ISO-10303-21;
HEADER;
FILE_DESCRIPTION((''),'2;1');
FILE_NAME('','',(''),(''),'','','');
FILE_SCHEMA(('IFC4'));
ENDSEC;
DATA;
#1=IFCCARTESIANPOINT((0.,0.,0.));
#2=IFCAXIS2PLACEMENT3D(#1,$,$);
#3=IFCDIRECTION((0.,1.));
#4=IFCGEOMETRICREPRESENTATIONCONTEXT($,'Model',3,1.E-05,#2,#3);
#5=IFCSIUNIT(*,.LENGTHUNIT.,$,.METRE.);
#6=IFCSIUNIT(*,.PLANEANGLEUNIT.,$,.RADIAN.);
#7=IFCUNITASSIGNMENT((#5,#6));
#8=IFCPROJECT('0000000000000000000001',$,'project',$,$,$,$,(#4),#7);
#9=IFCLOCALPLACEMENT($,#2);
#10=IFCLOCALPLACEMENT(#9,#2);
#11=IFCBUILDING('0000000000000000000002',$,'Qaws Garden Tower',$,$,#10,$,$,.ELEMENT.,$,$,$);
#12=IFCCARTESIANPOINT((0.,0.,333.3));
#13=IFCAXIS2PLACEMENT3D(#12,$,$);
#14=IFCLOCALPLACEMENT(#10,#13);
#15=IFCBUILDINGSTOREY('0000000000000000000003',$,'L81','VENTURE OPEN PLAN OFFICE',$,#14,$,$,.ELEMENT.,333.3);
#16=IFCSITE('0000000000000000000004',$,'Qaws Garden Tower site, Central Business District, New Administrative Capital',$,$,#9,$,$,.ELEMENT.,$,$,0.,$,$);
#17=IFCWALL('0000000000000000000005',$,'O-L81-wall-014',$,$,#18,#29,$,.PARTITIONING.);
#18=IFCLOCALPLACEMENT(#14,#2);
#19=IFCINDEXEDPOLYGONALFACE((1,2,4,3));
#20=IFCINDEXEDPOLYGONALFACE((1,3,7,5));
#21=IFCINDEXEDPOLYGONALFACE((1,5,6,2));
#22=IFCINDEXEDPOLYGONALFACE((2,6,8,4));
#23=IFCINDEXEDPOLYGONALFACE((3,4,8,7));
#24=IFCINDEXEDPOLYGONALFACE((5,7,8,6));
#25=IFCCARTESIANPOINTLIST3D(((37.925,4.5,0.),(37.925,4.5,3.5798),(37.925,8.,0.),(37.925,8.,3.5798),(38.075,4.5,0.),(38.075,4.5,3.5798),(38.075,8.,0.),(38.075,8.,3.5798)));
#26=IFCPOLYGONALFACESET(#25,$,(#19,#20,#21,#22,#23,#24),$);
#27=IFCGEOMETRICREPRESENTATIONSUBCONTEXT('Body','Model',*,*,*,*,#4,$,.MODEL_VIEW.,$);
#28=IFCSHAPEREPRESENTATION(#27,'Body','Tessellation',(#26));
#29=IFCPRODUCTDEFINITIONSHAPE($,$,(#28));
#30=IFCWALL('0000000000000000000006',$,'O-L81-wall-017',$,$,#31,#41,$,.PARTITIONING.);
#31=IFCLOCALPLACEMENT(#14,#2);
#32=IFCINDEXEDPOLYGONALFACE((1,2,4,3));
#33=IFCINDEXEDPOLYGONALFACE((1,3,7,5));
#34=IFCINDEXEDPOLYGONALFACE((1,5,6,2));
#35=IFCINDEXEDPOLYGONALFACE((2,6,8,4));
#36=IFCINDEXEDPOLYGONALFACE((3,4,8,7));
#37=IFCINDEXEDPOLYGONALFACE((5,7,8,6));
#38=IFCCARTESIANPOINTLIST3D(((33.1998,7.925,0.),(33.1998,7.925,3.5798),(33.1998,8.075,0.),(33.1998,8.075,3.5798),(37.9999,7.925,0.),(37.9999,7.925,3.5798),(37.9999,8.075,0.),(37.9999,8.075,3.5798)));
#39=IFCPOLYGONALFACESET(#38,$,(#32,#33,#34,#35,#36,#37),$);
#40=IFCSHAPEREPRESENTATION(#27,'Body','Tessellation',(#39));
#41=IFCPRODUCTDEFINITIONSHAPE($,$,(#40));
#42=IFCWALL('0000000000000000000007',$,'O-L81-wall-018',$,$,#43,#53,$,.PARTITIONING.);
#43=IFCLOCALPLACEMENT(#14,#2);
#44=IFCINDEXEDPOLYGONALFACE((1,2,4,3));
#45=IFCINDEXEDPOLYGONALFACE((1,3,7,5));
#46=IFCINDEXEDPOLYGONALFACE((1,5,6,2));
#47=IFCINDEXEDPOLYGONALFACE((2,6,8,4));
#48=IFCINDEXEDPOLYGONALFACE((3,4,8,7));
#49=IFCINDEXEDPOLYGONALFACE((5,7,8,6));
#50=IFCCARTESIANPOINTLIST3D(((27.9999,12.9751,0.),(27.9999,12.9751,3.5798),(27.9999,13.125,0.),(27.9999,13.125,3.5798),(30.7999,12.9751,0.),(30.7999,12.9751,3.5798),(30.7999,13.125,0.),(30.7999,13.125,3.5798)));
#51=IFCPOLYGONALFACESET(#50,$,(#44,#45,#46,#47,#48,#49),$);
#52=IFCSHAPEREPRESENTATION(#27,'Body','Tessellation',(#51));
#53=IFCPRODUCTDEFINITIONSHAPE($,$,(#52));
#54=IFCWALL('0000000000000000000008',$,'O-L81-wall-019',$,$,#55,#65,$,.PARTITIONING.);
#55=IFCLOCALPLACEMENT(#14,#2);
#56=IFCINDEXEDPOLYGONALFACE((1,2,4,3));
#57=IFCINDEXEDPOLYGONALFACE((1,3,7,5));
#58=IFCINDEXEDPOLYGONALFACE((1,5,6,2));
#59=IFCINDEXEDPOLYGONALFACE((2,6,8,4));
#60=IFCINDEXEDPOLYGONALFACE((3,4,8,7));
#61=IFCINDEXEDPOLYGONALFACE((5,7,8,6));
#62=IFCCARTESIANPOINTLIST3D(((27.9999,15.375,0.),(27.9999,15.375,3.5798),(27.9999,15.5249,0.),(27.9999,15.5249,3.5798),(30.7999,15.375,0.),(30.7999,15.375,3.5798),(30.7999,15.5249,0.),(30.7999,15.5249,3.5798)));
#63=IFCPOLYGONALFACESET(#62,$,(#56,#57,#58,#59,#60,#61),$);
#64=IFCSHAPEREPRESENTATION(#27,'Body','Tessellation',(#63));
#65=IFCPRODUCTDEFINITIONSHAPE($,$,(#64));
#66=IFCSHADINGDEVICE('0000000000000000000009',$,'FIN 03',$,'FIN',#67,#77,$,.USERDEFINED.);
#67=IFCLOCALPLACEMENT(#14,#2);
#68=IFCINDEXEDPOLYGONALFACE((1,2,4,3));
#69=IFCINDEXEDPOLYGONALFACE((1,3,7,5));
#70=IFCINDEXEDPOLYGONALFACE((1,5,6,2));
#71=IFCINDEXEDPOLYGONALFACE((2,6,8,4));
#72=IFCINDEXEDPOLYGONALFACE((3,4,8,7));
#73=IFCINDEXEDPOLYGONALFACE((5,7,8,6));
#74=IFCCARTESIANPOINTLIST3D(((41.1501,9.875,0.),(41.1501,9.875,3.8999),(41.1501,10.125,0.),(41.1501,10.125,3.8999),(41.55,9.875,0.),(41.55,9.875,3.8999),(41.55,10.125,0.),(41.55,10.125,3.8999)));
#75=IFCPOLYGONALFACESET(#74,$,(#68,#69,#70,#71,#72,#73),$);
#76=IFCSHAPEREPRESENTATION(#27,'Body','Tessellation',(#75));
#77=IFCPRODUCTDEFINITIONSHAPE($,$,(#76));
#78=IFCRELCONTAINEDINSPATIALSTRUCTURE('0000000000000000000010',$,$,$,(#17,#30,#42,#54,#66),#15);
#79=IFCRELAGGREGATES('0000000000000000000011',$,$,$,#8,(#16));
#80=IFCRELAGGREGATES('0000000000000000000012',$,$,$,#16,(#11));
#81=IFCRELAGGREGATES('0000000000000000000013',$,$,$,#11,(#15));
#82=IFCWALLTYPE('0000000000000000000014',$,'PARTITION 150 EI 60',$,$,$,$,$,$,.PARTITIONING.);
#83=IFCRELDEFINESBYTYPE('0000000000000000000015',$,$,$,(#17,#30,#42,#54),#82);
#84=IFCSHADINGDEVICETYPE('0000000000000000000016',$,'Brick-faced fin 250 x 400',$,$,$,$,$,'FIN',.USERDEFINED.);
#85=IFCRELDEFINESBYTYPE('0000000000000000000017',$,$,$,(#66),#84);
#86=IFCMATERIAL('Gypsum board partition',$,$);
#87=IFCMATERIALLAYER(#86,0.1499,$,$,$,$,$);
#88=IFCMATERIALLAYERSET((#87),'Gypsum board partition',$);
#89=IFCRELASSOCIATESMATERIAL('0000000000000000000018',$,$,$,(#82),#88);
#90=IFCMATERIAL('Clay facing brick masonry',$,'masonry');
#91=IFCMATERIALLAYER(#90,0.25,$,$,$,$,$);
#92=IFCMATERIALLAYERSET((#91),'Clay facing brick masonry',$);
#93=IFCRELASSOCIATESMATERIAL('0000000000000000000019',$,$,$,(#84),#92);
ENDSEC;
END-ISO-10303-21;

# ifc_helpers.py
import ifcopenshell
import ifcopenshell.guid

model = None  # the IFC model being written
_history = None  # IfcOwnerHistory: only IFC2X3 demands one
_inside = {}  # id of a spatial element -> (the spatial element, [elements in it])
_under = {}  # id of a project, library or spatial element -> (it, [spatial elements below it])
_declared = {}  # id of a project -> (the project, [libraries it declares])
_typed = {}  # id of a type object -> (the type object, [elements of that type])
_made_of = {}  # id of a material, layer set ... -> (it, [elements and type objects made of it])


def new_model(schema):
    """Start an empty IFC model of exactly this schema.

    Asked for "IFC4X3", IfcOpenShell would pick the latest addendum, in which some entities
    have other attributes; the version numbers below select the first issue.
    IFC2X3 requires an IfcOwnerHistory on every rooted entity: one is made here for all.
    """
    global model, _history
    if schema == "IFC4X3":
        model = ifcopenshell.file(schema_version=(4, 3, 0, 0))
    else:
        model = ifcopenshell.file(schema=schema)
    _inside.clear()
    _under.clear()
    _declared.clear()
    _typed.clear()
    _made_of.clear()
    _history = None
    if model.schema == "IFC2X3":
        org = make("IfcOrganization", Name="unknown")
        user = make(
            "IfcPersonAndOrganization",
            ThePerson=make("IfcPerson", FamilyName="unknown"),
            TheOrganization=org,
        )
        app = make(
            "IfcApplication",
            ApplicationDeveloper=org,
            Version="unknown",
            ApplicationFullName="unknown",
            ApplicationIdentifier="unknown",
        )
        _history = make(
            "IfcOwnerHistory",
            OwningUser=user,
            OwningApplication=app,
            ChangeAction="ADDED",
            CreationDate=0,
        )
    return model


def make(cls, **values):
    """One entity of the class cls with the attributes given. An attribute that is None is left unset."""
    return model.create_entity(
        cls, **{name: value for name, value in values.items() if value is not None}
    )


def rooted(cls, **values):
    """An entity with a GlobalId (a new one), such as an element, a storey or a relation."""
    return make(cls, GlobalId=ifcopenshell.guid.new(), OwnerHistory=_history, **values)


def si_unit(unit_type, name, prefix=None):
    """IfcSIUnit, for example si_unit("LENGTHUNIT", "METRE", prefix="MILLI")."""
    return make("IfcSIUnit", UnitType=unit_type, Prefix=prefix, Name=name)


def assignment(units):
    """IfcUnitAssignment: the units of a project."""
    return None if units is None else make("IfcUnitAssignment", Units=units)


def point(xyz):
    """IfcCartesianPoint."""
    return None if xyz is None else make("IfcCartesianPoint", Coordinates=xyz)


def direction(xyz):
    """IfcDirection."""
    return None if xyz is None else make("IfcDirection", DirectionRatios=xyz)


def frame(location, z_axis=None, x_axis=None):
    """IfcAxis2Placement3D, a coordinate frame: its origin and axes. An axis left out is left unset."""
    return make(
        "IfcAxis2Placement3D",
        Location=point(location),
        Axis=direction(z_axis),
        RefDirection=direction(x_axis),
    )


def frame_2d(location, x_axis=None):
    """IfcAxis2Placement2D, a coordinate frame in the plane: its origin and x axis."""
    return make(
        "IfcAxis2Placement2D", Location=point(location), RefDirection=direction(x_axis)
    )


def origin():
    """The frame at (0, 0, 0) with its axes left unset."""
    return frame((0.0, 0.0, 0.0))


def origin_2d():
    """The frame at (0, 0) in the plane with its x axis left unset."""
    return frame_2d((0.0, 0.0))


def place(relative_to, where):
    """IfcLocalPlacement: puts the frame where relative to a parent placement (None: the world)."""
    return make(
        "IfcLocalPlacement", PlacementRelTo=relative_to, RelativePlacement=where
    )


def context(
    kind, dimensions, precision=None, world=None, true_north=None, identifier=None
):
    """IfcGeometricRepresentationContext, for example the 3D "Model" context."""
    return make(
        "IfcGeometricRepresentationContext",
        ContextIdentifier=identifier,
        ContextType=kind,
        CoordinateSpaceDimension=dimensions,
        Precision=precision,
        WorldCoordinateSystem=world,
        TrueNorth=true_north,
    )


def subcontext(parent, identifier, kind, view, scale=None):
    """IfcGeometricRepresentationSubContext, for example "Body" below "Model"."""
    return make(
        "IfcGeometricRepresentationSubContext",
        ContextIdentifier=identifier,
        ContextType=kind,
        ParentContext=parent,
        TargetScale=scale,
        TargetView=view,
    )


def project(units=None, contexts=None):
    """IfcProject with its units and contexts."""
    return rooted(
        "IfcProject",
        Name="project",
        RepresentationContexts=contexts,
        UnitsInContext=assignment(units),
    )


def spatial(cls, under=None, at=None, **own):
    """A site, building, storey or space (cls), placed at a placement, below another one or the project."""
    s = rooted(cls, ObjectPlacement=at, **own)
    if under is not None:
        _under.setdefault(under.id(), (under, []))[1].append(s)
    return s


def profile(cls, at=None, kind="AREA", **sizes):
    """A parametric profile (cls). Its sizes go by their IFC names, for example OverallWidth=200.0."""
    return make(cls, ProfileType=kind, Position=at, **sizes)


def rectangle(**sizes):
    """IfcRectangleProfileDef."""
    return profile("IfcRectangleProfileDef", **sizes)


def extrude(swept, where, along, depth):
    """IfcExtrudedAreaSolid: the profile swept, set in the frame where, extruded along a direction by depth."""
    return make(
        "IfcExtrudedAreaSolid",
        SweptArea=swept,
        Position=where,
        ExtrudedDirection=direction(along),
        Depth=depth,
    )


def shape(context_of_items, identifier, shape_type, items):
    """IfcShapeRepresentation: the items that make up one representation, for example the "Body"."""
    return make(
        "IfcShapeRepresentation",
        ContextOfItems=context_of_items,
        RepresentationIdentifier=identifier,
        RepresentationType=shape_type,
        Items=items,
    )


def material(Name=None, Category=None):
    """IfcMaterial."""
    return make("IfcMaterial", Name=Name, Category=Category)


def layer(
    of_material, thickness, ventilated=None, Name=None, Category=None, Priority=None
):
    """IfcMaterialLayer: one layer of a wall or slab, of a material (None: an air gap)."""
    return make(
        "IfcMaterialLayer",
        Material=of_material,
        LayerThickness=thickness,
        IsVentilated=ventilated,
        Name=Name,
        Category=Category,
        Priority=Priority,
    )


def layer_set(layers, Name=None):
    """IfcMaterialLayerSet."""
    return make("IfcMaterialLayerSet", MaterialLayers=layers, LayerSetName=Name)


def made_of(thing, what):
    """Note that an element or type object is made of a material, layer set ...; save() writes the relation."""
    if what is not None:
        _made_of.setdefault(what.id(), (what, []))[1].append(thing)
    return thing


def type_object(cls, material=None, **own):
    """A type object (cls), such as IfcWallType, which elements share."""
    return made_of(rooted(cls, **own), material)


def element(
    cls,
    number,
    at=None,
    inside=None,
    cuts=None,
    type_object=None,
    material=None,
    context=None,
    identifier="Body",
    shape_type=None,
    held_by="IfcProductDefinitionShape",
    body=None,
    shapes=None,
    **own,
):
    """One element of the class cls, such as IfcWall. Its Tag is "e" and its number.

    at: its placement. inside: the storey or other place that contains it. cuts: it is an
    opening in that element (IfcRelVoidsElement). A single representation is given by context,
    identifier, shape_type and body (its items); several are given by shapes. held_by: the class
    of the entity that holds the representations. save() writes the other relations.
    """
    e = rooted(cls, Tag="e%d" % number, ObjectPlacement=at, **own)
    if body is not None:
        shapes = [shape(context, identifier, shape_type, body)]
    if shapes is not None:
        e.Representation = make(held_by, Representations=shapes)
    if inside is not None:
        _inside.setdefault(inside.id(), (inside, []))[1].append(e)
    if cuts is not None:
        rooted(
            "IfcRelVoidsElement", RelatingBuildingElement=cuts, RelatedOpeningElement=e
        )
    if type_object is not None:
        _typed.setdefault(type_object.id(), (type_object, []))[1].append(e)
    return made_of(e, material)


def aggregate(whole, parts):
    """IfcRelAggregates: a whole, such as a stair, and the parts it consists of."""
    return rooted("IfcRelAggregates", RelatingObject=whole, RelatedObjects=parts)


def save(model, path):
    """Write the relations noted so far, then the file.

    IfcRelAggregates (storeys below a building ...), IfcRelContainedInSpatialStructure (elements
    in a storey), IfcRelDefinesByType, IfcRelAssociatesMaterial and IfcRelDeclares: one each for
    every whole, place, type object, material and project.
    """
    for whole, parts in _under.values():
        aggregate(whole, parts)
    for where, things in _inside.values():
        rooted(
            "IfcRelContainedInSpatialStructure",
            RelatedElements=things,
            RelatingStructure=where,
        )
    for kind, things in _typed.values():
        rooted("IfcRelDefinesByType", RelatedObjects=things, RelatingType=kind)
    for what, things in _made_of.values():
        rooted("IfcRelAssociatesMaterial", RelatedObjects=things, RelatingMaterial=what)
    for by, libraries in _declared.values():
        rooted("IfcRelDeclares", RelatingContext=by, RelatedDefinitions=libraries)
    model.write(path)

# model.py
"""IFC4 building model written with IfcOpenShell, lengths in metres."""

from ifc_helpers import new_model, si_unit, direction, frame, frame_2d, origin, origin_2d, place, context, subcontext, project, spatial, rectangle, extrude, material, layer, layer_set, type_object, element, save


model = new_model("IFC4")

# Units and contexts
model_context = context("Model", 3, precision=1e-05, world=origin(), true_north=direction((0.0, 1.0)))
body_context = subcontext(model_context, "Body", "Model", "MODEL_VIEW")
ifc_project = project(units=[si_unit("LENGTHUNIT", "METRE"), si_unit("PLANEANGLEUNIT", "RADIAN")], contexts=[model_context])

# Site, building, storey
site_placement = place(None, origin())
site = spatial("IfcSite", under=ifc_project, at=site_placement, Name="Qaws Garden Tower site, Central Business District, New Administrative Capital", CompositionType="ELEMENT", RefElevation=0.0)
building_placement = place(site_placement, origin())
building = spatial("IfcBuilding", under=site, at=building_placement, Name="Qaws Garden Tower", CompositionType="ELEMENT")
storey_placement = place(building_placement, frame((0.0, 0.0, 333.3)))
storey = spatial("IfcBuildingStorey", under=building, at=storey_placement, Name="L81", Description="VENTURE OPEN PLAN OFFICE", CompositionType="ELEMENT", Elevation=333.3)

# Shared definitions
ifc_material_1 = material(Name="Gypsum board partition")
ifc_layer_1 = layer(ifc_material_1, 0.1499)
ifc_layer_set_1 = layer_set([ifc_layer_1], Name="Gypsum board partition")
wall_type = type_object("IfcWallType", Name="PARTITION 150 EI 60", PredefinedType="PARTITIONING", material=ifc_layer_set_1)

# Walls
wall_1_placement = place(storey_placement, frame((38.0, 4.5, 0.0), z_axis=(0.0, 0.0, 1.0), x_axis=(0.0, 1.0, 0.0)))
element("IfcWall", 1, at=wall_1_placement, inside=storey, type_object=wall_type, Name="O-L81-wall-014", PredefinedType="PARTITIONING", context=body_context, shape_type="SweptSolid", body=[
    extrude(rectangle(XDim=3.5, YDim=0.1499, at=frame_2d((1.75, 0.0))), origin(), (0.0, 0.0, 1.0), 3.5798),
])
wall_2_placement = place(storey_placement, frame((33.2, 8.0, 0.0), z_axis=(0.0, 0.0, 1.0), x_axis=(1.0, 0.0, 0.0)))
element("IfcWall", 2, at=wall_2_placement, inside=storey, type_object=wall_type, Name="O-L81-wall-017", PredefinedType="PARTITIONING", context=body_context, shape_type="SweptSolid", body=[
    extrude(rectangle(XDim=4.8, YDim=0.1499, at=frame_2d((2.3999, 0.0))), origin(), (0.0, 0.0, 1.0), 3.5798),
])
for number, where, z_axis, x_axis, name in (
    (3, (28.0, 13.05, 0.0), (0.0, 0.0, 1.0), (1.0, 0.0, 0.0), "O-L81-wall-018"),
    (4, (28.0, 15.45, 0.0), (0.0, 0.0, 1.0), (1.0, 0.0, 0.0), "O-L81-wall-019"),
):
    element("IfcWall", number, at=place(storey_placement, frame(where, z_axis=z_axis, x_axis=x_axis)), inside=storey, type_object=wall_type, Name=name, PredefinedType="PARTITIONING", context=body_context, shape_type="SweptSolid", body=[
        extrude(rectangle(XDim=2.8, YDim=0.1499, at=frame_2d((1.3999, 0.0))), origin(), (0.0, 0.0, 1.0), 3.5798),
    ])

# Shading device
ifc_material_2 = material(Name="Clay facing brick masonry", Category="masonry")
ifc_layer_2 = layer(ifc_material_2, 0.25)
ifc_layer_set_2 = layer_set([ifc_layer_2], Name="Clay facing brick masonry")
shading_device_type = type_object("IfcShadingDeviceType", Name="Brick-faced fin 250 x 400", ElementType="FIN", PredefinedType="USERDEFINED", material=ifc_layer_set_2)
shading_device_placement = place(storey_placement, frame((41.3501, 10.0, 0.0), z_axis=(0.0, 0.0, 1.0), x_axis=(0.0, 1.0, 0.0)))
element("IfcShadingDevice", 5, at=shading_device_placement, inside=storey, type_object=shading_device_type, Name="FIN 03", ObjectType="FIN", PredefinedType="USERDEFINED", context=body_context, shape_type="SweptSolid", body=[
    extrude(rectangle(XDim=0.25, YDim=0.3999, at=origin_2d()), origin(), (0.0, 0.0, 1.0), 3.8999),
])

save(model, "model.ifc")
